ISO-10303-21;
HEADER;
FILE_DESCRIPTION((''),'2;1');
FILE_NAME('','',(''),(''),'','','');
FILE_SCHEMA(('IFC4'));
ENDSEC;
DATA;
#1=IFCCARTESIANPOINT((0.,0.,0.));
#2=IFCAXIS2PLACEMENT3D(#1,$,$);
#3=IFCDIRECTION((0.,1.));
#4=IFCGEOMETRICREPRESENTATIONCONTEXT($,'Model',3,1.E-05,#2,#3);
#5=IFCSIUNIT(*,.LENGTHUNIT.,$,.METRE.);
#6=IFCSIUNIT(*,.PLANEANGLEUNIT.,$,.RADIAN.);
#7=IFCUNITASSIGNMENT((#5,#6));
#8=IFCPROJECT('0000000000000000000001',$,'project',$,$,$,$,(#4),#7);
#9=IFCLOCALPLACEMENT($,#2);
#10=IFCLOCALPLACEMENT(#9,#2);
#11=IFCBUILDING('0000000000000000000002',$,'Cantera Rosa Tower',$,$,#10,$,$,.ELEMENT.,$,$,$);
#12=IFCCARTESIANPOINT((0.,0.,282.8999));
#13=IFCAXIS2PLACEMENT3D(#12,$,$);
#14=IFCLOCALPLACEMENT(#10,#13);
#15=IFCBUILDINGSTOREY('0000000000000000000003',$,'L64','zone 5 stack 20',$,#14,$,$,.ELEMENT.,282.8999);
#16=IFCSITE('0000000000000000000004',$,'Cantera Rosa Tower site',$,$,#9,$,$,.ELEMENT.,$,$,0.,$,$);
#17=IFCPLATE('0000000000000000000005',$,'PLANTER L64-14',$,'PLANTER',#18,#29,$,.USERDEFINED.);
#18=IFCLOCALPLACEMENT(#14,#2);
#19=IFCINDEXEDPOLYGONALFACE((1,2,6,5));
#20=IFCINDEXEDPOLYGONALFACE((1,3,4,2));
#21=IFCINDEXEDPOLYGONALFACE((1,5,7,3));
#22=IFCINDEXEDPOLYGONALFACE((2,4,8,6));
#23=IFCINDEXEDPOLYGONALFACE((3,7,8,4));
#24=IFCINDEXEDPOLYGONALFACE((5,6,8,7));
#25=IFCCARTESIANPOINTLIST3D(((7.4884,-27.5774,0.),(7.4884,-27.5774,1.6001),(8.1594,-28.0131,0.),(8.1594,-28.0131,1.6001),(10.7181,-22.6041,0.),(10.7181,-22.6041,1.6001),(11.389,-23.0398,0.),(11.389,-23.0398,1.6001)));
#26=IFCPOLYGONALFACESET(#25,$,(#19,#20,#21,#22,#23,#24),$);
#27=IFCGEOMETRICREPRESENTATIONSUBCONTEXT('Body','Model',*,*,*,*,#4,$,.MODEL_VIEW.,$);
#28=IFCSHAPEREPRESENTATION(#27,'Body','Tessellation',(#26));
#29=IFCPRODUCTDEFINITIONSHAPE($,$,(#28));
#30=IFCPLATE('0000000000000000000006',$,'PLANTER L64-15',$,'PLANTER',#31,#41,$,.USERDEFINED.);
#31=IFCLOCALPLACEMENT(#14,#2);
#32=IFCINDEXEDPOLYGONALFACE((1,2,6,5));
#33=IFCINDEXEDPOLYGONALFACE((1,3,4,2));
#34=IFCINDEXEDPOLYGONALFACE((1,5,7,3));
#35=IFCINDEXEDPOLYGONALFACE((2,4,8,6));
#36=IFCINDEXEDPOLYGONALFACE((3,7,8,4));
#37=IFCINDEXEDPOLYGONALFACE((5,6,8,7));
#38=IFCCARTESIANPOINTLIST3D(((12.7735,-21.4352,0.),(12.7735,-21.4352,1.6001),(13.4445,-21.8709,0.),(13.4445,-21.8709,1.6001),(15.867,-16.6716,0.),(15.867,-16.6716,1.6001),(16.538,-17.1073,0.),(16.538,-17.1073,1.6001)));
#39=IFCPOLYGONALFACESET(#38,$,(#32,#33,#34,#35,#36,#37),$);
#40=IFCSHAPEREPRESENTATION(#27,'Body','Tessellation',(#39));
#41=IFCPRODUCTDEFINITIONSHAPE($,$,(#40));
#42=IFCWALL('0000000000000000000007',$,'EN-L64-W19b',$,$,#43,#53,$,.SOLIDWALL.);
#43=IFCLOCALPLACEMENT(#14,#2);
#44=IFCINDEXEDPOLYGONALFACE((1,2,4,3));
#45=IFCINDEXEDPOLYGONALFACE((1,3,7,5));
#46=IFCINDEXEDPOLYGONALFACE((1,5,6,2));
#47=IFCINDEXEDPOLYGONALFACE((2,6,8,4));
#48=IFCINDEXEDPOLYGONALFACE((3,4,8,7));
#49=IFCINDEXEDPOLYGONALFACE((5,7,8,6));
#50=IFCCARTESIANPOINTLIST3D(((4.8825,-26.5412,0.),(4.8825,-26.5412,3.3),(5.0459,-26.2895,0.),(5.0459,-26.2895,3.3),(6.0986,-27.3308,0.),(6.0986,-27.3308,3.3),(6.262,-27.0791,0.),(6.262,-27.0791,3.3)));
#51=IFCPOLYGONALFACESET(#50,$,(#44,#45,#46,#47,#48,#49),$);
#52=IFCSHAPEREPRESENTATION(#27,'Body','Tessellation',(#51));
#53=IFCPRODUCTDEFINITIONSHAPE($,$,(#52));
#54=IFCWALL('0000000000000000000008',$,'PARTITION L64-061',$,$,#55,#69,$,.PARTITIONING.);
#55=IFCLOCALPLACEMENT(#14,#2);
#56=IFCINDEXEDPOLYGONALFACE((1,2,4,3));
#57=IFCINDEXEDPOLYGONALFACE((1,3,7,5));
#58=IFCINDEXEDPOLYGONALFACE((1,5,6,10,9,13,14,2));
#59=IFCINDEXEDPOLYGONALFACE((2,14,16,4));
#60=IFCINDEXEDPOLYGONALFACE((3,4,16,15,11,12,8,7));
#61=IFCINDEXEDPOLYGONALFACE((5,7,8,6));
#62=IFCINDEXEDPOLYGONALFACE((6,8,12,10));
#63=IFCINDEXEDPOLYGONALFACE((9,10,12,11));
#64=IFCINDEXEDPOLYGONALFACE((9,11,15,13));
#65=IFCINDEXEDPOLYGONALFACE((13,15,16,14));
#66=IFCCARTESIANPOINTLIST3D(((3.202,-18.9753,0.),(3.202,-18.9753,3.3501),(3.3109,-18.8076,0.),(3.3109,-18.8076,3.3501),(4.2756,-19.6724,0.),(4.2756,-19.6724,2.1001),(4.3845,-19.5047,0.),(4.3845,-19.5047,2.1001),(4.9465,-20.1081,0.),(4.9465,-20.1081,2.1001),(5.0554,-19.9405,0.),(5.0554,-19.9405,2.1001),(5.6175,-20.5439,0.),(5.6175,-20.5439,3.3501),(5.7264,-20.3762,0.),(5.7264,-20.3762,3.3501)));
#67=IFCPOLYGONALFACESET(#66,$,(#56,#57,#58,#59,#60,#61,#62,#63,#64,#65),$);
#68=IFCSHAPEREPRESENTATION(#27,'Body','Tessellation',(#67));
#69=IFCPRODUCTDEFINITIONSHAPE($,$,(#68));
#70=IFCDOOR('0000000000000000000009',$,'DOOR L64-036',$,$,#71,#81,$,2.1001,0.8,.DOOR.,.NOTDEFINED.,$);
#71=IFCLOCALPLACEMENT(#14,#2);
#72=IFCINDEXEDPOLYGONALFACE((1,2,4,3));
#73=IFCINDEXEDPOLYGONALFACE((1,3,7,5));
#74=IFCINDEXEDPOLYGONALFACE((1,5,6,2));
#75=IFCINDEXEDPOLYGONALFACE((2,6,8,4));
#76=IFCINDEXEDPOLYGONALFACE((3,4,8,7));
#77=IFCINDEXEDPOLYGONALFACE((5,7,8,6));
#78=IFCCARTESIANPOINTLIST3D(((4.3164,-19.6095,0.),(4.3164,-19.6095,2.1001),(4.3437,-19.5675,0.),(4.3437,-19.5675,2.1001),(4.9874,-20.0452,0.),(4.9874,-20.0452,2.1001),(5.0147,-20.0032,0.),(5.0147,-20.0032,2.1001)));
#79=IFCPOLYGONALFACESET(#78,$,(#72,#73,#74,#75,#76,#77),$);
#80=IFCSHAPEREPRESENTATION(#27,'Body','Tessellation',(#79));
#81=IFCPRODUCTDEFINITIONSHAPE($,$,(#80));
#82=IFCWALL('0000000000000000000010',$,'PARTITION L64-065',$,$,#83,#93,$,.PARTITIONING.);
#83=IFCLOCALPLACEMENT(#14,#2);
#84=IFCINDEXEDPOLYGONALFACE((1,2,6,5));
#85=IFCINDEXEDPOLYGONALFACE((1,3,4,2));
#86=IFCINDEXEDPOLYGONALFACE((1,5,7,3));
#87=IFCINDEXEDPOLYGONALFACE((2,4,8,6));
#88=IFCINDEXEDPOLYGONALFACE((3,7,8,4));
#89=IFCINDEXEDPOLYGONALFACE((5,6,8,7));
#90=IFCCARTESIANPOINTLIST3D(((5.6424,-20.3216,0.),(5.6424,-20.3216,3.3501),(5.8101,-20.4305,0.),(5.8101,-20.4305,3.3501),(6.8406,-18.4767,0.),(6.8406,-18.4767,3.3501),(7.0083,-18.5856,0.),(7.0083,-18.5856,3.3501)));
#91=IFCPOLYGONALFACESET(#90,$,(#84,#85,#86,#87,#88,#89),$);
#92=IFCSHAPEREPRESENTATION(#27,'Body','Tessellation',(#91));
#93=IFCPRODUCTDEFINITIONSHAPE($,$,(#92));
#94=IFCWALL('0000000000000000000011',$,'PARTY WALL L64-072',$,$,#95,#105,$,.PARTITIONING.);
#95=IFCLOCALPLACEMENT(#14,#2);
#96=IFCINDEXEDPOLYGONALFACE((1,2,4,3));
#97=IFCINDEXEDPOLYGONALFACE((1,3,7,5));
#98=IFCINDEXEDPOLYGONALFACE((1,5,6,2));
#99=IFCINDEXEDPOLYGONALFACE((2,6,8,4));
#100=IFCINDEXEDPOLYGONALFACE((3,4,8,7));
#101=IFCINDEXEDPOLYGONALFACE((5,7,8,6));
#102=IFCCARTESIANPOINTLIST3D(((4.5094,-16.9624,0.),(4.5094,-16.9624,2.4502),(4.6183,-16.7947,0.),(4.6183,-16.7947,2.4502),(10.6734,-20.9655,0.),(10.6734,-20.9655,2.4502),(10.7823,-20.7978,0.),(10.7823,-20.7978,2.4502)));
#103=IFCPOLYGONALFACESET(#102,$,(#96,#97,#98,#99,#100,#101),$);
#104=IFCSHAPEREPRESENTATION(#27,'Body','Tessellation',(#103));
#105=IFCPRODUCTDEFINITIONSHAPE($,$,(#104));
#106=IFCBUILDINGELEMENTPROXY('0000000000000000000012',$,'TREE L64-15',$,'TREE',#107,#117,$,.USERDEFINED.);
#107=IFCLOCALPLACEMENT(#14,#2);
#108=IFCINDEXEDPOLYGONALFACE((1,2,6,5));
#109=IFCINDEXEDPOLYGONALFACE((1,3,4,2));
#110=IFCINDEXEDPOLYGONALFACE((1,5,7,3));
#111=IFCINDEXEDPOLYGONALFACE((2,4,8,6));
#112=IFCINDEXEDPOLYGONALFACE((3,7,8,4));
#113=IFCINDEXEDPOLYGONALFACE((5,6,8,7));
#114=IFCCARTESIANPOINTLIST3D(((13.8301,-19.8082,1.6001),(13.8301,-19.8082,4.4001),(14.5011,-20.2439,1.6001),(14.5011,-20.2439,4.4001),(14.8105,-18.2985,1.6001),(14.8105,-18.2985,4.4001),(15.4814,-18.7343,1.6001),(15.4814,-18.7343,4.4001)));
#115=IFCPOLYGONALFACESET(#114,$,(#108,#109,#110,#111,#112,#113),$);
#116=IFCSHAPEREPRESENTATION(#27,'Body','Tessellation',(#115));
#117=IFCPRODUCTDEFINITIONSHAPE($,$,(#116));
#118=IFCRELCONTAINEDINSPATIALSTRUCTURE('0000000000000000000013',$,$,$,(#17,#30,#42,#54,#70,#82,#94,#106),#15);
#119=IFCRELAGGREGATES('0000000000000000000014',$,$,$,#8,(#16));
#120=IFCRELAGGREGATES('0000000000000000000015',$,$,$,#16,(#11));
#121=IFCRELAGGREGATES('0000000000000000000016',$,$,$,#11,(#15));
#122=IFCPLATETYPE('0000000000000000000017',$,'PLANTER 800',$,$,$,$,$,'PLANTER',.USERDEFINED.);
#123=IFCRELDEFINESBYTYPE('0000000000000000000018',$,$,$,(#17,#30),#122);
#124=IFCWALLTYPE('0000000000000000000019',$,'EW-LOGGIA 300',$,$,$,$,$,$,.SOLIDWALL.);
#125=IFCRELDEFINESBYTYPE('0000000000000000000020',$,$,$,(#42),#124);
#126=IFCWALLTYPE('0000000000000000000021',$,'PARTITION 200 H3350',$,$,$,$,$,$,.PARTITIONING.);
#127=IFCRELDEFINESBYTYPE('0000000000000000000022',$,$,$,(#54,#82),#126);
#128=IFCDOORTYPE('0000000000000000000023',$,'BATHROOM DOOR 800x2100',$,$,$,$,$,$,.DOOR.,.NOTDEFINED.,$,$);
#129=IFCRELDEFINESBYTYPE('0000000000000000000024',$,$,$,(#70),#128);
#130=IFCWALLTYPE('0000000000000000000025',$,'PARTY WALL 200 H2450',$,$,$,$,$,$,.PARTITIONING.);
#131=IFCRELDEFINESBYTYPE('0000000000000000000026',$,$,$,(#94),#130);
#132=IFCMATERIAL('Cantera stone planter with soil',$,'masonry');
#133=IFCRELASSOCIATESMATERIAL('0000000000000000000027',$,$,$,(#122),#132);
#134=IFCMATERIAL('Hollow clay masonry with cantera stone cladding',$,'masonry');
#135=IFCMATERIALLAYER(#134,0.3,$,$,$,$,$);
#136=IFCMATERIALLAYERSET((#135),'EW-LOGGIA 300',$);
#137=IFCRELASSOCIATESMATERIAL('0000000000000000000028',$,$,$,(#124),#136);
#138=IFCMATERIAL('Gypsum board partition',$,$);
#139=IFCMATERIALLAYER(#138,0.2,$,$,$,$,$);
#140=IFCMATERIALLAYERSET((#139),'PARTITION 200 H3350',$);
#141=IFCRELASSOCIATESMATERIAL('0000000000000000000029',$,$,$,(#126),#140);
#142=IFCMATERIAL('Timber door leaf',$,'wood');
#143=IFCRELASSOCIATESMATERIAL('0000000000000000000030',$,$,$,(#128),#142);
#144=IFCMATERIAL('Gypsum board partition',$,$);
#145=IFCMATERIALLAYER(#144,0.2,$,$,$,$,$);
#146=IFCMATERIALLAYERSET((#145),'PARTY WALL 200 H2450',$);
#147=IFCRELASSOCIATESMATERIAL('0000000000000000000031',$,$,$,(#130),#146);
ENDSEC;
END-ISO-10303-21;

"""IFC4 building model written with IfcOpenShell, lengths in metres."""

from ifc_helpers import new_model, si_unit, direction, frame, frame_2d, origin, origin_2d, place, context, subcontext, project, spatial, rectangle, extrude, material, layer, layer_set, type_object, element, fill, save


model = new_model("IFC4")

# Units and contexts
model_context = context("Model", 3, precision=1e-05, world=origin(), true_north=direction((0.0, 1.0)))
body_context = subcontext(model_context, "Body", "Model", "MODEL_VIEW")
ifc_project = project(units=[si_unit("LENGTHUNIT", "METRE"), si_unit("PLANEANGLEUNIT", "RADIAN")], contexts=[model_context])

# Site, building, storey
site_placement = place(None, origin())
site = spatial("IfcSite", under=ifc_project, at=site_placement, Name="Cantera Rosa Tower site", CompositionType="ELEMENT", RefElevation=0.0)
building_placement = place(site_placement, origin())
building = spatial("IfcBuilding", under=site, at=building_placement, Name="Cantera Rosa Tower", CompositionType="ELEMENT")
storey_placement = place(building_placement, frame((0.0, 0.0, 282.8999)))
storey = spatial("IfcBuildingStorey", under=building, at=storey_placement, Name="L64", Description="zone 5 stack 20", CompositionType="ELEMENT", Elevation=282.8999)

# Plates
ifc_material_1 = material(Name="Cantera stone planter with soil", Category="masonry")
plate_type = type_object("IfcPlateType", Name="PLANTER 800", ElementType="PLANTER", PredefinedType="USERDEFINED", material=ifc_material_1)
plate_1_placement = place(storey_placement, frame((9.4387, -25.3086, 0.0), z_axis=(0.0, 0.0, 1.0), x_axis=(0.544639, 0.838671, 0.0)))
element("IfcPlate", 1, at=plate_1_placement, inside=storey, type_object=plate_type, Name="PLANTER L64-14", ObjectType="PLANTER", PredefinedType="USERDEFINED", context=body_context, shape_type="SweptSolid", body=[
    extrude(rectangle(XDim=5.9299, YDim=0.8, at=origin_2d()), origin(), (0.0, 0.0, 1.0), 1.6001),
])
plate_2_placement = place(storey_placement, frame((14.6558, -19.2712, 0.0), z_axis=(0.0, 0.0, 1.0), x_axis=(0.544639, 0.838671, 0.0)))
element("IfcPlate", 2, at=plate_2_placement, inside=storey, type_object=plate_type, Name="PLANTER L64-15", ObjectType="PLANTER", PredefinedType="USERDEFINED", context=body_context, shape_type="SweptSolid", body=[
    extrude(rectangle(XDim=5.6799, YDim=0.8, at=origin_2d()), origin(), (0.0, 0.0, 1.0), 1.6001),
])

# Wall
ifc_material_2 = material(Name="Hollow clay masonry with cantera stone cladding", Category="masonry")
ifc_layer_1 = layer(ifc_material_2, 0.3)
ifc_layer_set_1 = layer_set([ifc_layer_1], Name="EW-LOGGIA 300")
wall_type_1 = type_object("IfcWallType", Name="EW-LOGGIA 300", PredefinedType="SOLIDWALL", material=ifc_layer_set_1)
wall_1_placement = place(storey_placement, frame((4.9641, -26.4153, 0.0), z_axis=(0.0, 0.0, 1.0), x_axis=(0.838724, -0.544556, 0.0)))
element("IfcWall", 3, at=wall_1_placement, inside=storey, type_object=wall_type_1, Name="EN-L64-W19b", PredefinedType="SOLIDWALL", context=body_context, shape_type="SweptSolid", body=[
    extrude(rectangle(XDim=1.45, YDim=0.3, at=frame_2d((0.7251, 0.0))), origin(), (0.0, 0.0, 1.0), 3.3),
])

# Wall, opening, door
ifc_material_3 = material(Name="Gypsum board partition")
ifc_layer_2 = layer(ifc_material_3, 0.2)
ifc_layer_set_2 = layer_set([ifc_layer_2], Name="PARTITION 200 H3350")
wall_type_2 = type_object("IfcWallType", Name="PARTITION 200 H3350", PredefinedType="PARTITIONING", material=ifc_layer_set_2)
wall_2_placement = place(storey_placement, frame((5.6719, -20.46, 0.0), z_axis=(0.0, 0.0, 1.0), x_axis=(-0.83868, 0.544625, 0.0)))
wall_2 = element("IfcWall", 4, at=wall_2_placement, inside=storey, type_object=wall_type_2, Name="PARTITION L64-061", PredefinedType="PARTITIONING", context=body_context, shape_type="SweptSolid", body=[
    extrude(rectangle(XDim=2.8801, YDim=0.2, at=frame_2d((1.4399, 0.0))), origin(), (0.0, 0.0, 1.0), 3.3501),
])
opening_1_placement = place(wall_2_placement, frame((0.8, 0.0, 0.0)))
opening_1 = element("IfcOpeningElement", 5, at=opening_1_placement, cuts=wall_2, PredefinedType="OPENING", context=body_context, shape_type="SweptSolid", body=[
    extrude(rectangle(XDim=0.8, YDim=2.1001, at=frame_2d((0.3999, 1.05))), frame((0.0, 0.1099, 0.0), z_axis=(0.0, -1.0, 0.0), x_axis=(1.0, 0.0, 0.0)), (0.0, 0.0, 1.0), 0.22),
])
ifc_material_4 = material(Name="Timber door leaf", Category="wood")
door_type_1 = type_object("IfcDoorType", Name="BATHROOM DOOR 800x2100", OperationType="NOTDEFINED", PredefinedType="DOOR", material=ifc_material_4)
door_1_placement = place(opening_1_placement, origin())
door_1 = element("IfcDoor", 6, at=door_1_placement, inside=storey, type_object=door_type_1, Name="DOOR L64-036", OperationType="NOTDEFINED", OverallHeight=2.1001, OverallWidth=0.8, PredefinedType="DOOR", context=body_context, shape_type="SweptSolid", body=[
    extrude(rectangle(XDim=0.8, YDim=2.1001, at=frame_2d((0.3999, 1.05))), frame((0.0, 0.0249, 0.0), z_axis=(0.0, -1.0, 0.0), x_axis=(1.0, 0.0, 0.0)), (0.0, 0.0, 1.0), 0.05),
])
fill(opening_1, door_1)

# Walls
wall_3_placement = place(storey_placement, frame((6.9246, -18.531, 0.0), z_axis=(0.0, 0.0, 1.0), x_axis=(-0.544672, -0.838649, 0.0)))
element("IfcWall", 7, at=wall_3_placement, inside=storey, type_object=wall_type_2, Name="PARTITION L64-065", PredefinedType="PARTITIONING", context=body_context, shape_type="SweptSolid", body=[
    extrude(rectangle(XDim=2.2, YDim=0.2, at=frame_2d((1.1001, 0.0))), origin(), (0.0, 0.0, 1.0), 3.3501),
])
ifc_material_5 = material(Name="Gypsum board partition")
ifc_layer_3 = layer(ifc_material_5, 0.2)
ifc_layer_set_3 = layer_set([ifc_layer_3], Name="PARTY WALL 200 H2450")
wall_type_3 = type_object("IfcWallType", Name="PARTY WALL 200 H2450", PredefinedType="PARTITIONING", material=ifc_layer_set_3)
wall_4_placement = place(storey_placement, frame((10.7278, -20.8816, 0.0), z_axis=(0.0, 0.0, 1.0), x_axis=(-0.838659, 0.544657, 0.0)))
element("IfcWall", 8, at=wall_4_placement, inside=storey, type_object=wall_type_3, Name="PARTY WALL L64-072", PredefinedType="PARTITIONING", context=body_context, shape_type="SweptSolid", body=[
    extrude(rectangle(XDim=7.3499, YDim=0.2, at=frame_2d((3.6748, 0.0))), origin(), (0.0, 0.0, 1.0), 2.4502),
])

# Building element proxy
proxy_placement = place(storey_placement, frame((14.6558, -19.2712, 1.6001), z_axis=(0.0, 0.0, 1.0), x_axis=(0.544639, 0.838671, 0.0)))
element("IfcBuildingElementProxy", 9, at=proxy_placement, inside=storey, Name="TREE L64-15", ObjectType="TREE", PredefinedType="USERDEFINED", context=body_context, shape_type="SweptSolid", body=[
    extrude(rectangle(XDim=1.8, YDim=0.8, at=origin_2d()), origin(), (0.0, 0.0, 1.0), 2.8),
])

save(model, "model.ifc")
